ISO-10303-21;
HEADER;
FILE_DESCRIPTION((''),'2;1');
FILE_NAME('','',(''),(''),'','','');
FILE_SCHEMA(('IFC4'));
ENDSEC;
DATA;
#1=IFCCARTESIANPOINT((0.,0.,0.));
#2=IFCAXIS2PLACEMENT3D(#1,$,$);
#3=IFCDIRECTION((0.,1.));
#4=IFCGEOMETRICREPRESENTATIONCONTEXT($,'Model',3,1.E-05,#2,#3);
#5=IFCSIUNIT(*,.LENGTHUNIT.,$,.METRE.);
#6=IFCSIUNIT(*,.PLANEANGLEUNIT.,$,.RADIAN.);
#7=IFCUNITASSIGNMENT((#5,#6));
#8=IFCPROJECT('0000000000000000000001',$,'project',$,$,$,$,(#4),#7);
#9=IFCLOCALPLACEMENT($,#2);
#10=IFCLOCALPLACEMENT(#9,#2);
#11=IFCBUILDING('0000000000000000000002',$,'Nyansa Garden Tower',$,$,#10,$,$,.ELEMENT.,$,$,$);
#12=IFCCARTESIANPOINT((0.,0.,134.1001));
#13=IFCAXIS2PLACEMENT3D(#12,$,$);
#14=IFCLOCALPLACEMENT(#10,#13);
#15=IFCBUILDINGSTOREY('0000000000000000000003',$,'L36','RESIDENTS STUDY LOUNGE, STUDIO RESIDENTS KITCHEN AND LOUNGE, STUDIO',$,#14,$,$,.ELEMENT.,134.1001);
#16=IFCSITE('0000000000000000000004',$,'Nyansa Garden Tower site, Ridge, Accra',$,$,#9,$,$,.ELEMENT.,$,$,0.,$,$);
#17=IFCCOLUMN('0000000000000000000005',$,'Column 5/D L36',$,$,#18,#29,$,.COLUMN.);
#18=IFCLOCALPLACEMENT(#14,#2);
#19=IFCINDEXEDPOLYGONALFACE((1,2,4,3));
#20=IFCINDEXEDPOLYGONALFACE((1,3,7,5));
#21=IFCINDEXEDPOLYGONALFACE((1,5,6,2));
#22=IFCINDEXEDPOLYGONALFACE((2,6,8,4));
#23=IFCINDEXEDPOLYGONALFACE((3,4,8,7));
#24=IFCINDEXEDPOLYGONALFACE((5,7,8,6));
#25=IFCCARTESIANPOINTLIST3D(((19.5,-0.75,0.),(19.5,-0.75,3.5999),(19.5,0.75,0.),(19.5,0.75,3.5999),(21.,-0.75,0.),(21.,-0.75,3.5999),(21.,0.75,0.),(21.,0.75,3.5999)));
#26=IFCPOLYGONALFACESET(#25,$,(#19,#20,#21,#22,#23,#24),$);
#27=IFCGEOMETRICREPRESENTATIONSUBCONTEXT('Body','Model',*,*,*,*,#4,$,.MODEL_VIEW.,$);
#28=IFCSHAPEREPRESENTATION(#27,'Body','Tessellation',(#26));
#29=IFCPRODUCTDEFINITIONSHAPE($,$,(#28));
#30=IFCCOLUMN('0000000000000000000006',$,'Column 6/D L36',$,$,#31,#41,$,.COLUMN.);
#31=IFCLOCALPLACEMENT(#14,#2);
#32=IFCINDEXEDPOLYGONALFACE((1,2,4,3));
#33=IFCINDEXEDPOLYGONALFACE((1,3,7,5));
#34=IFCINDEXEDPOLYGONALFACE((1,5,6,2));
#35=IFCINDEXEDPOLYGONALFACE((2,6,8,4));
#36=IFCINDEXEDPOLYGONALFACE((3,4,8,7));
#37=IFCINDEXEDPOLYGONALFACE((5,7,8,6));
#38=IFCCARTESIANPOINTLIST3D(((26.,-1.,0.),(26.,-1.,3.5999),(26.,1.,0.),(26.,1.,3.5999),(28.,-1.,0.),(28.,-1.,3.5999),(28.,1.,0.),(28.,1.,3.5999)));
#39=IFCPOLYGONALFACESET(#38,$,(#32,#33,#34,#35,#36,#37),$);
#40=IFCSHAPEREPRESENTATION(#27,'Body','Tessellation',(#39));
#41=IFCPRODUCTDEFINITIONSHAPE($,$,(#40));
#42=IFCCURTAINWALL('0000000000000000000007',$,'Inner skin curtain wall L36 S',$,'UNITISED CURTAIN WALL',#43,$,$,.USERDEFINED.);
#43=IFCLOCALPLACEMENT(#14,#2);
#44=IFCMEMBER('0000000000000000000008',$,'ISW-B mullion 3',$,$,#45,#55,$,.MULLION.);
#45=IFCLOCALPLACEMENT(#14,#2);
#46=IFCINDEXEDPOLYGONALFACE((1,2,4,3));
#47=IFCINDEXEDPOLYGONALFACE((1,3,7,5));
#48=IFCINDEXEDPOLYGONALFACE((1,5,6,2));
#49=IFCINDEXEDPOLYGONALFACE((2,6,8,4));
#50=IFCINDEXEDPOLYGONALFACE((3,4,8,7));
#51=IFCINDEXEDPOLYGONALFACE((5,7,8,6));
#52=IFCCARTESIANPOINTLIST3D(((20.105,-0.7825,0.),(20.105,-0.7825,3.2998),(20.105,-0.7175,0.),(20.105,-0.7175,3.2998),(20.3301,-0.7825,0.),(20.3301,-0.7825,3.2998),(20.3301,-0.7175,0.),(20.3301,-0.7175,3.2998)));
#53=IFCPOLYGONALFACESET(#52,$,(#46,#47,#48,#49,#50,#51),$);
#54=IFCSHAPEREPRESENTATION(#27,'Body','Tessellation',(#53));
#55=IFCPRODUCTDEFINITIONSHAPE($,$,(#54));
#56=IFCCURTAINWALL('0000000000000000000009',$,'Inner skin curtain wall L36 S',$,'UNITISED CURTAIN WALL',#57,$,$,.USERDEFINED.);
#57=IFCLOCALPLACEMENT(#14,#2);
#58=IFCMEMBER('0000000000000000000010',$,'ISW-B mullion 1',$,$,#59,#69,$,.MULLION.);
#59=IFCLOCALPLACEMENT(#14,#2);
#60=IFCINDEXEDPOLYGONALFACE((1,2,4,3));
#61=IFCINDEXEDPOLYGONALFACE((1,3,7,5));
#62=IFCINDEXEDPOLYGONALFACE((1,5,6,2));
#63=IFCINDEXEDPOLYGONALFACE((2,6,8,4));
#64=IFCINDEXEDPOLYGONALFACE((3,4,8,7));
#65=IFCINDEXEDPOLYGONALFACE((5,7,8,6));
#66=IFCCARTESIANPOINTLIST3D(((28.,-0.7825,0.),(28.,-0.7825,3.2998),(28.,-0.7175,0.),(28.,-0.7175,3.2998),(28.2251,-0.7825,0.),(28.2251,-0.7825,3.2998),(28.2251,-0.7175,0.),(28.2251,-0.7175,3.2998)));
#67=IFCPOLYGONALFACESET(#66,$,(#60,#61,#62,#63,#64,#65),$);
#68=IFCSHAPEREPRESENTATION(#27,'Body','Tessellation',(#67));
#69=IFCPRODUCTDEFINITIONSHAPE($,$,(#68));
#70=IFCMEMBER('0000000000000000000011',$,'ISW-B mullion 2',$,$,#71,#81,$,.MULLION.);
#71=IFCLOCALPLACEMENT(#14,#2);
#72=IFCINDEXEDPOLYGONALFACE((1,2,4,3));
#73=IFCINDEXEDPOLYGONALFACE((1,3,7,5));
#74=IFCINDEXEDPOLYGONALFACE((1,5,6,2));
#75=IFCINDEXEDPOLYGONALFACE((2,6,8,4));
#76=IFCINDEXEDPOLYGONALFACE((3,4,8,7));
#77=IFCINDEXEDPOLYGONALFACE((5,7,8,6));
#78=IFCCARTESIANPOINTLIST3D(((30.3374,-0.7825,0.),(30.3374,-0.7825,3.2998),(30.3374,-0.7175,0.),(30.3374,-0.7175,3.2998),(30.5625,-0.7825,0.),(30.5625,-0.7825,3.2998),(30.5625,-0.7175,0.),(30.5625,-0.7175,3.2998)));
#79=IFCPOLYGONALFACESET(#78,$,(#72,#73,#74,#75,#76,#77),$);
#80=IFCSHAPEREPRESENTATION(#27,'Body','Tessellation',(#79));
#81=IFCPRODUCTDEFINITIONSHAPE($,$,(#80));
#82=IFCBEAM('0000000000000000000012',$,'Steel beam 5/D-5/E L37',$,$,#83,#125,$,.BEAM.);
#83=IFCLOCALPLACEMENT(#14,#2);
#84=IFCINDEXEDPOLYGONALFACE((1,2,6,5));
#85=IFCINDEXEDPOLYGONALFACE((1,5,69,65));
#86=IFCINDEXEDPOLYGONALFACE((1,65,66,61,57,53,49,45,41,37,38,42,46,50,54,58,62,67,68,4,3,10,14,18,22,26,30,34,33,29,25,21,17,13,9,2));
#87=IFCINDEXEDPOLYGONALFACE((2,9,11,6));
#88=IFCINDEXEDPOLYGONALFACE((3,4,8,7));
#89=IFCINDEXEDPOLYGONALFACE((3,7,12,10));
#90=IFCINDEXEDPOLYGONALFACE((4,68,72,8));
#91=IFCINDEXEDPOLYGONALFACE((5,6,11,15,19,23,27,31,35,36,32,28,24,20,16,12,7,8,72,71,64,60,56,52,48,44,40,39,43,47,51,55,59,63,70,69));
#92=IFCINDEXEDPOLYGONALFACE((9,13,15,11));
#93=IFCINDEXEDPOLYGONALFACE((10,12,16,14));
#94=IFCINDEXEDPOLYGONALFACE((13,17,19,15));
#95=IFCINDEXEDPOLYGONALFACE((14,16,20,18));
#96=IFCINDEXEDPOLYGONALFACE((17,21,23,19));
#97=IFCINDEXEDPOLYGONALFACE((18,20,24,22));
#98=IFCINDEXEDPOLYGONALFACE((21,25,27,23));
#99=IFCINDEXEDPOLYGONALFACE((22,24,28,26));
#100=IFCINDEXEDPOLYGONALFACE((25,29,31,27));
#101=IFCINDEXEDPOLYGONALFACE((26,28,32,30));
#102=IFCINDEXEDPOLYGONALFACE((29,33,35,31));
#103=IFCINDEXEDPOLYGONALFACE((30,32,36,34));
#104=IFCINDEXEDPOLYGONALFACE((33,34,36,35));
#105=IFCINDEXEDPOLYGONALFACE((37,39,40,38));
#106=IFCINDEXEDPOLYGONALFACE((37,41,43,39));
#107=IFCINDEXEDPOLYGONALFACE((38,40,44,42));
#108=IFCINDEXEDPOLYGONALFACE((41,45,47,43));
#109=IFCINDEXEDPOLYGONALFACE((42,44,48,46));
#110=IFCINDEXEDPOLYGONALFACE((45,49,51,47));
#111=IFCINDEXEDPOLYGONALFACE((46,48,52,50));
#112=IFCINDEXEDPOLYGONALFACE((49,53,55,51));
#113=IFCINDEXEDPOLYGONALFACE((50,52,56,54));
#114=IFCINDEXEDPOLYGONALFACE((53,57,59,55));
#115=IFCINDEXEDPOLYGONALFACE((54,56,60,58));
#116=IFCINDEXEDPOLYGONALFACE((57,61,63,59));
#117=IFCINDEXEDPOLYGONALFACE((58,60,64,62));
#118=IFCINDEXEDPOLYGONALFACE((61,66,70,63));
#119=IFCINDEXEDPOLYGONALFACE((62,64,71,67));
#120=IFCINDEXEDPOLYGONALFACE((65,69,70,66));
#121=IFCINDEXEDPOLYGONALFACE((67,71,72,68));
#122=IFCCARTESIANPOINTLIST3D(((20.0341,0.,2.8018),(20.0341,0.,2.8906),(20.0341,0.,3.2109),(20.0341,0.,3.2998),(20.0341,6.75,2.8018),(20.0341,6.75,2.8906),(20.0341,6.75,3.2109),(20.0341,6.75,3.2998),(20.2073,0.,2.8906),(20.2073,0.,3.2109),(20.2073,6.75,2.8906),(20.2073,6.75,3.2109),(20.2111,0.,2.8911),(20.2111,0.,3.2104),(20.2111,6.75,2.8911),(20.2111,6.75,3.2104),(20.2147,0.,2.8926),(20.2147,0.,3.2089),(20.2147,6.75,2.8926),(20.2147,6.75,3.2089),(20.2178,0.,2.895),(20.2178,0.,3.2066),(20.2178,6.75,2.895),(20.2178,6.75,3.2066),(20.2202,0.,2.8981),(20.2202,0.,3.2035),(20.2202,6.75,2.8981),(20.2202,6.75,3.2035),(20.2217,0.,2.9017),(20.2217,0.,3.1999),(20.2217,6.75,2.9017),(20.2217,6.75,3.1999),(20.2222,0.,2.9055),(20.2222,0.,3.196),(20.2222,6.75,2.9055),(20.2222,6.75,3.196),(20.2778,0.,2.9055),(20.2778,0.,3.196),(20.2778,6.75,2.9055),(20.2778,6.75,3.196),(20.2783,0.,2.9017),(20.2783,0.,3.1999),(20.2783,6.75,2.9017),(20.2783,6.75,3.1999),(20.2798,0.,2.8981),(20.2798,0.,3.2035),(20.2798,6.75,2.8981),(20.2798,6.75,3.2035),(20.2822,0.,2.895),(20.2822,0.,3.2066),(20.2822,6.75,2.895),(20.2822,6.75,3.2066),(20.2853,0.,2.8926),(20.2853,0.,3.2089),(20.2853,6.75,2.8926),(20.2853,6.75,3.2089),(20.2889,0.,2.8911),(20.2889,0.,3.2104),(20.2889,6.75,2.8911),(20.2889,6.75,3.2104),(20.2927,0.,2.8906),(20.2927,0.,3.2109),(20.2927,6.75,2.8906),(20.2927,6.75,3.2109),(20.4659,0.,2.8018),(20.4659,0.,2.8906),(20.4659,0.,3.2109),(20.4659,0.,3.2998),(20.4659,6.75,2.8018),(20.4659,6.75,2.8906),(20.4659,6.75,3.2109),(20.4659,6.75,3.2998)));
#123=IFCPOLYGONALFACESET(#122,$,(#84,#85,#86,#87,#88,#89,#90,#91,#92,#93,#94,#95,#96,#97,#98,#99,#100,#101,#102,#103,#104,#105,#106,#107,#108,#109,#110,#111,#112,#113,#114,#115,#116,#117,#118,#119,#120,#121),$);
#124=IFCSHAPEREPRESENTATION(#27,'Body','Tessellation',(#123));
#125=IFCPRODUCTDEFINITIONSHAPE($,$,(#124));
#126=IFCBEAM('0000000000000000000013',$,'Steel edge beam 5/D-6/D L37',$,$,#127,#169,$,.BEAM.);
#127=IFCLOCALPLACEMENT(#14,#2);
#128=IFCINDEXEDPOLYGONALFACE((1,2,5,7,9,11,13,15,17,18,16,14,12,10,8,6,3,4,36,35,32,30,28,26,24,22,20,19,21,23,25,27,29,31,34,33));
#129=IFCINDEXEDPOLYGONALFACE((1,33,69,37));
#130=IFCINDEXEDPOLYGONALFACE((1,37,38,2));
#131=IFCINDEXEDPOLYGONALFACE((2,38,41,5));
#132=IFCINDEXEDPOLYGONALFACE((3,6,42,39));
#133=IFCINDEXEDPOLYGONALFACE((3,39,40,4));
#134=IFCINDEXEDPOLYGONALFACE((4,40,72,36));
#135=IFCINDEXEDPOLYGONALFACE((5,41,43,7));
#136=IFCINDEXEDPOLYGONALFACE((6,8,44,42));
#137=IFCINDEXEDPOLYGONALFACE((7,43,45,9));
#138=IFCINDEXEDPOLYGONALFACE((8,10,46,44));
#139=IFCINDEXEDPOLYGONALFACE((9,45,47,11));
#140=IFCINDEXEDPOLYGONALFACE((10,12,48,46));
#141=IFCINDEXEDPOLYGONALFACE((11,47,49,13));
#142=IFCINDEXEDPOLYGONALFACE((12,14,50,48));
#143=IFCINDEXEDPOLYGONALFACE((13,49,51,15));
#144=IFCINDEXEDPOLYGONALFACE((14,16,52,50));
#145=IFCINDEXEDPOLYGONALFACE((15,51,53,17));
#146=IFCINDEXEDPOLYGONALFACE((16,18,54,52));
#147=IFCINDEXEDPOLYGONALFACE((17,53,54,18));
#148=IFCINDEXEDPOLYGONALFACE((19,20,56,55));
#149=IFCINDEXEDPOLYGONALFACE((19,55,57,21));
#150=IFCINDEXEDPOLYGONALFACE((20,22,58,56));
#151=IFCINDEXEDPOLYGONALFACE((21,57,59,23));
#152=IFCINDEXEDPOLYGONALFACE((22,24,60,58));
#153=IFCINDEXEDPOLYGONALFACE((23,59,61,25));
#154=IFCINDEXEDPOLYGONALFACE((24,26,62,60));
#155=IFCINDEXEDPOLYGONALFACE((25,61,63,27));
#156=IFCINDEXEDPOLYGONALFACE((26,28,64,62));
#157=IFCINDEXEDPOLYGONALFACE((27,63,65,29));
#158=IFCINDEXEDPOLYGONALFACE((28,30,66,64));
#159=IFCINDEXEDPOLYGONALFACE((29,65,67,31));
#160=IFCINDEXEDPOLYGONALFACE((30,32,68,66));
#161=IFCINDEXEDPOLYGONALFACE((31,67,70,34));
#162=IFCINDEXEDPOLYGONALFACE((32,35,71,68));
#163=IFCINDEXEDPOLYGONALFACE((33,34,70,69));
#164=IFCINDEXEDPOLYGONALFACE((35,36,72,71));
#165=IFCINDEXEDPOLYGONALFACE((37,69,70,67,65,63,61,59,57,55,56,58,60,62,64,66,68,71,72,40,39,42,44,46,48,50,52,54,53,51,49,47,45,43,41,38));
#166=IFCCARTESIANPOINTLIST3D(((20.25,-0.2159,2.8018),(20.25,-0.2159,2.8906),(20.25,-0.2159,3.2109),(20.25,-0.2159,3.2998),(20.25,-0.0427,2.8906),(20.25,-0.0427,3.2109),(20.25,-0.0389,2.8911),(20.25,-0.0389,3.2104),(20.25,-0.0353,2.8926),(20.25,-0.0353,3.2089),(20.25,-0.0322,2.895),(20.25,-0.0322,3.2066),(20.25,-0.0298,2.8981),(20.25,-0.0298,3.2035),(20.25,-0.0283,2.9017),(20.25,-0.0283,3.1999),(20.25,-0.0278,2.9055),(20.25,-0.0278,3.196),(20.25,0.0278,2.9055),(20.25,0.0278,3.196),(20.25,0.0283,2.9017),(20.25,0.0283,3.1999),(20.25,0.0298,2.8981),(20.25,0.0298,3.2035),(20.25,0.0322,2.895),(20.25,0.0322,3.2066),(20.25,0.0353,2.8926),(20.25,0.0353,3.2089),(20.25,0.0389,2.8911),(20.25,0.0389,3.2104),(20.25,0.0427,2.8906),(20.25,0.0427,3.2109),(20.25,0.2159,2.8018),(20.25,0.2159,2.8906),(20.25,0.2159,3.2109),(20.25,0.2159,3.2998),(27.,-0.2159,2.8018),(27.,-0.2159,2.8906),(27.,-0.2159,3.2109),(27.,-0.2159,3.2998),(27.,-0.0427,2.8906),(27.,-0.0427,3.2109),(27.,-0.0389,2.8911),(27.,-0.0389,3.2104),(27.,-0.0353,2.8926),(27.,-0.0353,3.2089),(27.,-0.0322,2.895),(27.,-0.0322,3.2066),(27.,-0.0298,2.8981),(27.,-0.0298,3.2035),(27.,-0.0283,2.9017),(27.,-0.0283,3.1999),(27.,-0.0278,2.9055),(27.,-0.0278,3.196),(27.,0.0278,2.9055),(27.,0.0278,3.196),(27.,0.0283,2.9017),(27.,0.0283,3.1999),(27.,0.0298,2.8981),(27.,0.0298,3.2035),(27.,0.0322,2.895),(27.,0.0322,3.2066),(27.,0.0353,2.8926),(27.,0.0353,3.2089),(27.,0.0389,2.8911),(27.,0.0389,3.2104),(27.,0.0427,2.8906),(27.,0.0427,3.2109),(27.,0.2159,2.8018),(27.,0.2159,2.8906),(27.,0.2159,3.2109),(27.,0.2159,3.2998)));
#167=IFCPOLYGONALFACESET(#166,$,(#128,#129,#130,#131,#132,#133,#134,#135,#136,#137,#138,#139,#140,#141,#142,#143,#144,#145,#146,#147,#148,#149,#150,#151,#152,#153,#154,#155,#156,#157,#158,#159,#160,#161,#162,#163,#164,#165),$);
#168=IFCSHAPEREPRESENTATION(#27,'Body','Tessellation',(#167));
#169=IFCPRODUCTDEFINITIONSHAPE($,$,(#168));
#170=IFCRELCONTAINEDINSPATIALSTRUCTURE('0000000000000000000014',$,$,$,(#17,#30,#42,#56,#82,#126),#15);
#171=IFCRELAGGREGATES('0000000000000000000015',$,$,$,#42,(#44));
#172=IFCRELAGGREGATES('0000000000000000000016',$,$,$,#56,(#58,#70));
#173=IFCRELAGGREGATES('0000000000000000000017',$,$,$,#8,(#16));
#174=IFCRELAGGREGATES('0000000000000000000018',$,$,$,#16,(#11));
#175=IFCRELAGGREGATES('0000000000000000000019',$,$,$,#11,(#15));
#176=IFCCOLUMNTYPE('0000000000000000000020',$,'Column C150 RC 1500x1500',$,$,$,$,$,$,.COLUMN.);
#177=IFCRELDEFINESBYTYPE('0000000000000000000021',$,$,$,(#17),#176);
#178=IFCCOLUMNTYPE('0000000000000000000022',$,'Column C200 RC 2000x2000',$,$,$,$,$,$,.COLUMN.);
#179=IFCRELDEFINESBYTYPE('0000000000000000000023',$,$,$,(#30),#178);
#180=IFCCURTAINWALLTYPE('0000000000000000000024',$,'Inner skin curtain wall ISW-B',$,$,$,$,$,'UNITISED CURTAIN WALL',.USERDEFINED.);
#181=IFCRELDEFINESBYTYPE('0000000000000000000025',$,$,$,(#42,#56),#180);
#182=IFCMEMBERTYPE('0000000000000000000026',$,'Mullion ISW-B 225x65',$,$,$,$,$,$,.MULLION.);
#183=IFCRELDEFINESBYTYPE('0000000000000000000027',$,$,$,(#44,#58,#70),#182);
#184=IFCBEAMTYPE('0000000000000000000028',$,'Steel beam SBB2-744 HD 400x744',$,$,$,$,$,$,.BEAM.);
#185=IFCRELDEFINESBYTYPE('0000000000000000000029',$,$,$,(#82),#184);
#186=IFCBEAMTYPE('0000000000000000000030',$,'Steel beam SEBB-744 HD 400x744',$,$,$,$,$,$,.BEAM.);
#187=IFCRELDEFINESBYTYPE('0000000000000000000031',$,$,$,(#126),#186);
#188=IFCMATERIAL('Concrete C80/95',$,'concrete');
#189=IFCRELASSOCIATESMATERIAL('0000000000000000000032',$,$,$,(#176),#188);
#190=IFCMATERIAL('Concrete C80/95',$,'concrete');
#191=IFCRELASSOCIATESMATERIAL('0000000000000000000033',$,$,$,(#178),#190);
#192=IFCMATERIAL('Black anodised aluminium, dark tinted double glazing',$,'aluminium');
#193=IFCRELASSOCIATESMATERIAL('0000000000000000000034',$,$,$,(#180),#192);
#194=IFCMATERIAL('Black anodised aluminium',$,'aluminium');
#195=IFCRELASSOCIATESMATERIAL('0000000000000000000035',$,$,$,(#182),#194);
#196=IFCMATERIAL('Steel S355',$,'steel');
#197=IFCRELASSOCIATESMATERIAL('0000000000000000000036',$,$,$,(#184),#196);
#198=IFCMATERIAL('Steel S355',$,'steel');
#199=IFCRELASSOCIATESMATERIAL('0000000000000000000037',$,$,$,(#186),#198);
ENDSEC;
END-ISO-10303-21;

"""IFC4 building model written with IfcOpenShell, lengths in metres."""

from ifc_helpers import new_model, si_unit, direction, frame, origin, origin_2d, place, context, subcontext, project, spatial, rectangle, i_section, extrude, material, material_profile, profile_set, type_object, element, aggregate, save


model = new_model("IFC4")

# Units and contexts
model_context = context("Model", 3, precision=1e-05, world=origin(), true_north=direction((0.0, 1.0)))
body_context = subcontext(model_context, "Body", "Model", "MODEL_VIEW")
ifc_project = project(units=[si_unit("LENGTHUNIT", "METRE"), si_unit("PLANEANGLEUNIT", "RADIAN")], contexts=[model_context])

# Site, building, storey
site_placement = place(None, origin())
site = spatial("IfcSite", under=ifc_project, at=site_placement, Name="Nyansa Garden Tower site, Ridge, Accra", CompositionType="ELEMENT", RefElevation=0.0)
building_placement = place(site_placement, origin())
building = spatial("IfcBuilding", under=site, at=building_placement, Name="Nyansa Garden Tower", CompositionType="ELEMENT")
storey_placement = place(building_placement, frame((0.0, 0.0, 134.1001)))
storey = spatial("IfcBuildingStorey", under=building, at=storey_placement, Name="L36", Description="RESIDENTS STUDY LOUNGE, STUDIO RESIDENTS KITCHEN AND LOUNGE, STUDIO", CompositionType="ELEMENT", Elevation=134.1001)

# Columns
ifc_material_1 = material(Name="Concrete C80/95", Category="concrete")
ifc_material_profile_1 = material_profile(ifc_material_1, rectangle(XDim=1.5, YDim=1.5, at=origin_2d()), Name="RC 1500x1500")
ifc_profile_set_1 = profile_set([ifc_material_profile_1], Name="Concrete C80/95")
column_type_1 = type_object("IfcColumnType", Name="Column C150 RC 1500x1500", PredefinedType="COLUMN", material=ifc_profile_set_1)
column_1_placement = place(storey_placement, frame((20.25, 0.0, 0.0), z_axis=(0.0, 0.0, 1.0), x_axis=(1.0, 0.0, 0.0)))
element("IfcColumn", 1, at=column_1_placement, inside=storey, type_object=column_type_1, Name="Column 5/D L36", PredefinedType="COLUMN", context=body_context, shape_type="SweptSolid", body=[
    extrude(rectangle(XDim=1.5, YDim=1.5, at=origin_2d()), origin(), (0.0, 0.0, 1.0), 3.5999),
])
ifc_material_2 = material(Name="Concrete C80/95", Category="concrete")
ifc_material_profile_2 = material_profile(ifc_material_2, rectangle(XDim=2.0, YDim=2.0, at=origin_2d()), Name="RC 2000x2000")
ifc_profile_set_2 = profile_set([ifc_material_profile_2], Name="Concrete C80/95")
column_type_2 = type_object("IfcColumnType", Name="Column C200 RC 2000x2000", PredefinedType="COLUMN", material=ifc_profile_set_2)
column_2_placement = place(storey_placement, frame((27.0, 0.0, 0.0), z_axis=(0.0, 0.0, 1.0), x_axis=(1.0, 0.0, 0.0)))
element("IfcColumn", 2, at=column_2_placement, inside=storey, type_object=column_type_2, Name="Column 6/D L36", PredefinedType="COLUMN", context=body_context, shape_type="SweptSolid", body=[
    extrude(rectangle(XDim=2.0, YDim=2.0, at=origin_2d()), origin(), (0.0, 0.0, 1.0), 3.5999),
])

# Curtain wall, member
ifc_material_3 = material(Name="Black anodised aluminium, dark tinted double glazing", Category="aluminium")
curtain_wall_type = type_object("IfcCurtainWallType", Name="Inner skin curtain wall ISW-B", ElementType="UNITISED CURTAIN WALL", PredefinedType="USERDEFINED", material=ifc_material_3)
curtain_wall_1_placement = place(storey_placement, origin())
curtain_wall_1 = element("IfcCurtainWall", 3, at=curtain_wall_1_placement, inside=storey, type_object=curtain_wall_type, Name="Inner skin curtain wall L36 S", ObjectType="UNITISED CURTAIN WALL", PredefinedType="USERDEFINED")
ifc_material_4 = material(Name="Black anodised aluminium", Category="aluminium")
ifc_material_profile_3 = material_profile(ifc_material_4, rectangle(XDim=0.0649, YDim=0.2251, at=origin_2d()), Name="Mullion 225x65")
ifc_profile_set_3 = profile_set([ifc_material_profile_3], Name="Black anodised aluminium")
member_type_1 = type_object("IfcMemberType", Name="Mullion ISW-B 225x65", PredefinedType="MULLION", material=ifc_profile_set_3)
member_1_placement = place(storey_placement, frame((20.2175, -0.75, 0.0), z_axis=(0.0, 0.0, 1.0), x_axis=(0.0, 1.0, 0.0)))
member_1 = element("IfcMember", 4, at=member_1_placement, type_object=member_type_1, Name="ISW-B mullion 3", PredefinedType="MULLION", context=body_context, shape_type="SweptSolid", body=[
    extrude(rectangle(XDim=0.0649, YDim=0.2251, at=origin_2d()), origin(), (0.0, 0.0, 1.0), 3.2998),
])
aggregate(curtain_wall_1, [member_1])

# Curtain wall, members
curtain_wall_2_placement = place(storey_placement, origin())
curtain_wall_2 = element("IfcCurtainWall", 5, at=curtain_wall_2_placement, inside=storey, type_object=curtain_wall_type, Name="Inner skin curtain wall L36 S", ObjectType="UNITISED CURTAIN WALL", PredefinedType="USERDEFINED")
member_2_placement = place(storey_placement, frame((28.1125, -0.75, 0.0), z_axis=(0.0, 0.0, 1.0), x_axis=(0.0, 1.0, 0.0)))
member_2 = element("IfcMember", 6, at=member_2_placement, type_object=member_type_1, Name="ISW-B mullion 1", PredefinedType="MULLION", context=body_context, shape_type="SweptSolid", body=[
    extrude(rectangle(XDim=0.0649, YDim=0.2251, at=origin_2d()), origin(), (0.0, 0.0, 1.0), 3.2998),
])
member_3_placement = place(storey_placement, frame((30.45, -0.75, 0.0), z_axis=(0.0, 0.0, 1.0), x_axis=(0.0, 1.0, 0.0)))
member_3 = element("IfcMember", 7, at=member_3_placement, type_object=member_type_1, Name="ISW-B mullion 2", PredefinedType="MULLION", context=body_context, shape_type="SweptSolid", body=[
    extrude(rectangle(XDim=0.0649, YDim=0.2251, at=origin_2d()), origin(), (0.0, 0.0, 1.0), 3.2998),
])

# Beams
ifc_material_5 = material(Name="Steel S355", Category="steel")
ifc_material_profile_4 = material_profile(ifc_material_5, i_section(OverallWidth=0.4319, OverallDepth=0.498, WebThickness=0.0557, FlangeThickness=0.0889, FilletRadius=0.0149, at=origin_2d()), Name="HD 400x744")
ifc_profile_set_4 = profile_set([ifc_material_profile_4], Name="Steel S355")
beam_type_1 = type_object("IfcBeamType", Name="Steel beam SBB2-744 HD 400x744", PredefinedType="BEAM", material=ifc_profile_set_4)
beam_1_placement = place(storey_placement, frame((20.25, 0.0, 3.0508), z_axis=(0.0, 1.0, 0.0), x_axis=(-1.0, 0.0, 0.0)))
element("IfcBeam", 8, at=beam_1_placement, inside=storey, type_object=beam_type_1, Name="Steel beam 5/D-5/E L37", PredefinedType="BEAM", context=body_context, shape_type="SweptSolid", body=[
    extrude(i_section(OverallWidth=0.4319, OverallDepth=0.498, WebThickness=0.0557, FlangeThickness=0.0889, FilletRadius=0.0149, at=origin_2d()), origin(), (0.0, 0.0, 1.0), 6.75),
])
ifc_material_6 = material(Name="Steel S355", Category="steel")
ifc_material_profile_5 = material_profile(ifc_material_6, i_section(OverallWidth=0.4319, OverallDepth=0.498, WebThickness=0.0557, FlangeThickness=0.0889, FilletRadius=0.0149, at=origin_2d()), Name="HD 400x744")
ifc_profile_set_5 = profile_set([ifc_material_profile_5], Name="Steel S355")
beam_type_2 = type_object("IfcBeamType", Name="Steel beam SEBB-744 HD 400x744", PredefinedType="BEAM", material=ifc_profile_set_5)
for number, where, z_axis, x_axis, name in (
    (9, (20.25, 0.0, 3.0508), (1.0, 0.0, 0.0), (0.0, 1.0, 0.0), "Steel edge beam 5/D-6/D L37"),
):
    element("IfcBeam", number, at=place(storey_placement, frame(where, z_axis=z_axis, x_axis=x_axis)), inside=storey, type_object=beam_type_2, Name=name, PredefinedType="BEAM", context=body_context, shape_type="SweptSolid", body=[
        extrude(i_section(OverallWidth=0.4319, OverallDepth=0.498, WebThickness=0.0557, FlangeThickness=0.0889, FilletRadius=0.0149, at=origin_2d()), origin(), (0.0, 0.0, 1.0), 6.75),
    ])

aggregate(curtain_wall_2, [member_2, member_3])

save(model, "model.ifc")
